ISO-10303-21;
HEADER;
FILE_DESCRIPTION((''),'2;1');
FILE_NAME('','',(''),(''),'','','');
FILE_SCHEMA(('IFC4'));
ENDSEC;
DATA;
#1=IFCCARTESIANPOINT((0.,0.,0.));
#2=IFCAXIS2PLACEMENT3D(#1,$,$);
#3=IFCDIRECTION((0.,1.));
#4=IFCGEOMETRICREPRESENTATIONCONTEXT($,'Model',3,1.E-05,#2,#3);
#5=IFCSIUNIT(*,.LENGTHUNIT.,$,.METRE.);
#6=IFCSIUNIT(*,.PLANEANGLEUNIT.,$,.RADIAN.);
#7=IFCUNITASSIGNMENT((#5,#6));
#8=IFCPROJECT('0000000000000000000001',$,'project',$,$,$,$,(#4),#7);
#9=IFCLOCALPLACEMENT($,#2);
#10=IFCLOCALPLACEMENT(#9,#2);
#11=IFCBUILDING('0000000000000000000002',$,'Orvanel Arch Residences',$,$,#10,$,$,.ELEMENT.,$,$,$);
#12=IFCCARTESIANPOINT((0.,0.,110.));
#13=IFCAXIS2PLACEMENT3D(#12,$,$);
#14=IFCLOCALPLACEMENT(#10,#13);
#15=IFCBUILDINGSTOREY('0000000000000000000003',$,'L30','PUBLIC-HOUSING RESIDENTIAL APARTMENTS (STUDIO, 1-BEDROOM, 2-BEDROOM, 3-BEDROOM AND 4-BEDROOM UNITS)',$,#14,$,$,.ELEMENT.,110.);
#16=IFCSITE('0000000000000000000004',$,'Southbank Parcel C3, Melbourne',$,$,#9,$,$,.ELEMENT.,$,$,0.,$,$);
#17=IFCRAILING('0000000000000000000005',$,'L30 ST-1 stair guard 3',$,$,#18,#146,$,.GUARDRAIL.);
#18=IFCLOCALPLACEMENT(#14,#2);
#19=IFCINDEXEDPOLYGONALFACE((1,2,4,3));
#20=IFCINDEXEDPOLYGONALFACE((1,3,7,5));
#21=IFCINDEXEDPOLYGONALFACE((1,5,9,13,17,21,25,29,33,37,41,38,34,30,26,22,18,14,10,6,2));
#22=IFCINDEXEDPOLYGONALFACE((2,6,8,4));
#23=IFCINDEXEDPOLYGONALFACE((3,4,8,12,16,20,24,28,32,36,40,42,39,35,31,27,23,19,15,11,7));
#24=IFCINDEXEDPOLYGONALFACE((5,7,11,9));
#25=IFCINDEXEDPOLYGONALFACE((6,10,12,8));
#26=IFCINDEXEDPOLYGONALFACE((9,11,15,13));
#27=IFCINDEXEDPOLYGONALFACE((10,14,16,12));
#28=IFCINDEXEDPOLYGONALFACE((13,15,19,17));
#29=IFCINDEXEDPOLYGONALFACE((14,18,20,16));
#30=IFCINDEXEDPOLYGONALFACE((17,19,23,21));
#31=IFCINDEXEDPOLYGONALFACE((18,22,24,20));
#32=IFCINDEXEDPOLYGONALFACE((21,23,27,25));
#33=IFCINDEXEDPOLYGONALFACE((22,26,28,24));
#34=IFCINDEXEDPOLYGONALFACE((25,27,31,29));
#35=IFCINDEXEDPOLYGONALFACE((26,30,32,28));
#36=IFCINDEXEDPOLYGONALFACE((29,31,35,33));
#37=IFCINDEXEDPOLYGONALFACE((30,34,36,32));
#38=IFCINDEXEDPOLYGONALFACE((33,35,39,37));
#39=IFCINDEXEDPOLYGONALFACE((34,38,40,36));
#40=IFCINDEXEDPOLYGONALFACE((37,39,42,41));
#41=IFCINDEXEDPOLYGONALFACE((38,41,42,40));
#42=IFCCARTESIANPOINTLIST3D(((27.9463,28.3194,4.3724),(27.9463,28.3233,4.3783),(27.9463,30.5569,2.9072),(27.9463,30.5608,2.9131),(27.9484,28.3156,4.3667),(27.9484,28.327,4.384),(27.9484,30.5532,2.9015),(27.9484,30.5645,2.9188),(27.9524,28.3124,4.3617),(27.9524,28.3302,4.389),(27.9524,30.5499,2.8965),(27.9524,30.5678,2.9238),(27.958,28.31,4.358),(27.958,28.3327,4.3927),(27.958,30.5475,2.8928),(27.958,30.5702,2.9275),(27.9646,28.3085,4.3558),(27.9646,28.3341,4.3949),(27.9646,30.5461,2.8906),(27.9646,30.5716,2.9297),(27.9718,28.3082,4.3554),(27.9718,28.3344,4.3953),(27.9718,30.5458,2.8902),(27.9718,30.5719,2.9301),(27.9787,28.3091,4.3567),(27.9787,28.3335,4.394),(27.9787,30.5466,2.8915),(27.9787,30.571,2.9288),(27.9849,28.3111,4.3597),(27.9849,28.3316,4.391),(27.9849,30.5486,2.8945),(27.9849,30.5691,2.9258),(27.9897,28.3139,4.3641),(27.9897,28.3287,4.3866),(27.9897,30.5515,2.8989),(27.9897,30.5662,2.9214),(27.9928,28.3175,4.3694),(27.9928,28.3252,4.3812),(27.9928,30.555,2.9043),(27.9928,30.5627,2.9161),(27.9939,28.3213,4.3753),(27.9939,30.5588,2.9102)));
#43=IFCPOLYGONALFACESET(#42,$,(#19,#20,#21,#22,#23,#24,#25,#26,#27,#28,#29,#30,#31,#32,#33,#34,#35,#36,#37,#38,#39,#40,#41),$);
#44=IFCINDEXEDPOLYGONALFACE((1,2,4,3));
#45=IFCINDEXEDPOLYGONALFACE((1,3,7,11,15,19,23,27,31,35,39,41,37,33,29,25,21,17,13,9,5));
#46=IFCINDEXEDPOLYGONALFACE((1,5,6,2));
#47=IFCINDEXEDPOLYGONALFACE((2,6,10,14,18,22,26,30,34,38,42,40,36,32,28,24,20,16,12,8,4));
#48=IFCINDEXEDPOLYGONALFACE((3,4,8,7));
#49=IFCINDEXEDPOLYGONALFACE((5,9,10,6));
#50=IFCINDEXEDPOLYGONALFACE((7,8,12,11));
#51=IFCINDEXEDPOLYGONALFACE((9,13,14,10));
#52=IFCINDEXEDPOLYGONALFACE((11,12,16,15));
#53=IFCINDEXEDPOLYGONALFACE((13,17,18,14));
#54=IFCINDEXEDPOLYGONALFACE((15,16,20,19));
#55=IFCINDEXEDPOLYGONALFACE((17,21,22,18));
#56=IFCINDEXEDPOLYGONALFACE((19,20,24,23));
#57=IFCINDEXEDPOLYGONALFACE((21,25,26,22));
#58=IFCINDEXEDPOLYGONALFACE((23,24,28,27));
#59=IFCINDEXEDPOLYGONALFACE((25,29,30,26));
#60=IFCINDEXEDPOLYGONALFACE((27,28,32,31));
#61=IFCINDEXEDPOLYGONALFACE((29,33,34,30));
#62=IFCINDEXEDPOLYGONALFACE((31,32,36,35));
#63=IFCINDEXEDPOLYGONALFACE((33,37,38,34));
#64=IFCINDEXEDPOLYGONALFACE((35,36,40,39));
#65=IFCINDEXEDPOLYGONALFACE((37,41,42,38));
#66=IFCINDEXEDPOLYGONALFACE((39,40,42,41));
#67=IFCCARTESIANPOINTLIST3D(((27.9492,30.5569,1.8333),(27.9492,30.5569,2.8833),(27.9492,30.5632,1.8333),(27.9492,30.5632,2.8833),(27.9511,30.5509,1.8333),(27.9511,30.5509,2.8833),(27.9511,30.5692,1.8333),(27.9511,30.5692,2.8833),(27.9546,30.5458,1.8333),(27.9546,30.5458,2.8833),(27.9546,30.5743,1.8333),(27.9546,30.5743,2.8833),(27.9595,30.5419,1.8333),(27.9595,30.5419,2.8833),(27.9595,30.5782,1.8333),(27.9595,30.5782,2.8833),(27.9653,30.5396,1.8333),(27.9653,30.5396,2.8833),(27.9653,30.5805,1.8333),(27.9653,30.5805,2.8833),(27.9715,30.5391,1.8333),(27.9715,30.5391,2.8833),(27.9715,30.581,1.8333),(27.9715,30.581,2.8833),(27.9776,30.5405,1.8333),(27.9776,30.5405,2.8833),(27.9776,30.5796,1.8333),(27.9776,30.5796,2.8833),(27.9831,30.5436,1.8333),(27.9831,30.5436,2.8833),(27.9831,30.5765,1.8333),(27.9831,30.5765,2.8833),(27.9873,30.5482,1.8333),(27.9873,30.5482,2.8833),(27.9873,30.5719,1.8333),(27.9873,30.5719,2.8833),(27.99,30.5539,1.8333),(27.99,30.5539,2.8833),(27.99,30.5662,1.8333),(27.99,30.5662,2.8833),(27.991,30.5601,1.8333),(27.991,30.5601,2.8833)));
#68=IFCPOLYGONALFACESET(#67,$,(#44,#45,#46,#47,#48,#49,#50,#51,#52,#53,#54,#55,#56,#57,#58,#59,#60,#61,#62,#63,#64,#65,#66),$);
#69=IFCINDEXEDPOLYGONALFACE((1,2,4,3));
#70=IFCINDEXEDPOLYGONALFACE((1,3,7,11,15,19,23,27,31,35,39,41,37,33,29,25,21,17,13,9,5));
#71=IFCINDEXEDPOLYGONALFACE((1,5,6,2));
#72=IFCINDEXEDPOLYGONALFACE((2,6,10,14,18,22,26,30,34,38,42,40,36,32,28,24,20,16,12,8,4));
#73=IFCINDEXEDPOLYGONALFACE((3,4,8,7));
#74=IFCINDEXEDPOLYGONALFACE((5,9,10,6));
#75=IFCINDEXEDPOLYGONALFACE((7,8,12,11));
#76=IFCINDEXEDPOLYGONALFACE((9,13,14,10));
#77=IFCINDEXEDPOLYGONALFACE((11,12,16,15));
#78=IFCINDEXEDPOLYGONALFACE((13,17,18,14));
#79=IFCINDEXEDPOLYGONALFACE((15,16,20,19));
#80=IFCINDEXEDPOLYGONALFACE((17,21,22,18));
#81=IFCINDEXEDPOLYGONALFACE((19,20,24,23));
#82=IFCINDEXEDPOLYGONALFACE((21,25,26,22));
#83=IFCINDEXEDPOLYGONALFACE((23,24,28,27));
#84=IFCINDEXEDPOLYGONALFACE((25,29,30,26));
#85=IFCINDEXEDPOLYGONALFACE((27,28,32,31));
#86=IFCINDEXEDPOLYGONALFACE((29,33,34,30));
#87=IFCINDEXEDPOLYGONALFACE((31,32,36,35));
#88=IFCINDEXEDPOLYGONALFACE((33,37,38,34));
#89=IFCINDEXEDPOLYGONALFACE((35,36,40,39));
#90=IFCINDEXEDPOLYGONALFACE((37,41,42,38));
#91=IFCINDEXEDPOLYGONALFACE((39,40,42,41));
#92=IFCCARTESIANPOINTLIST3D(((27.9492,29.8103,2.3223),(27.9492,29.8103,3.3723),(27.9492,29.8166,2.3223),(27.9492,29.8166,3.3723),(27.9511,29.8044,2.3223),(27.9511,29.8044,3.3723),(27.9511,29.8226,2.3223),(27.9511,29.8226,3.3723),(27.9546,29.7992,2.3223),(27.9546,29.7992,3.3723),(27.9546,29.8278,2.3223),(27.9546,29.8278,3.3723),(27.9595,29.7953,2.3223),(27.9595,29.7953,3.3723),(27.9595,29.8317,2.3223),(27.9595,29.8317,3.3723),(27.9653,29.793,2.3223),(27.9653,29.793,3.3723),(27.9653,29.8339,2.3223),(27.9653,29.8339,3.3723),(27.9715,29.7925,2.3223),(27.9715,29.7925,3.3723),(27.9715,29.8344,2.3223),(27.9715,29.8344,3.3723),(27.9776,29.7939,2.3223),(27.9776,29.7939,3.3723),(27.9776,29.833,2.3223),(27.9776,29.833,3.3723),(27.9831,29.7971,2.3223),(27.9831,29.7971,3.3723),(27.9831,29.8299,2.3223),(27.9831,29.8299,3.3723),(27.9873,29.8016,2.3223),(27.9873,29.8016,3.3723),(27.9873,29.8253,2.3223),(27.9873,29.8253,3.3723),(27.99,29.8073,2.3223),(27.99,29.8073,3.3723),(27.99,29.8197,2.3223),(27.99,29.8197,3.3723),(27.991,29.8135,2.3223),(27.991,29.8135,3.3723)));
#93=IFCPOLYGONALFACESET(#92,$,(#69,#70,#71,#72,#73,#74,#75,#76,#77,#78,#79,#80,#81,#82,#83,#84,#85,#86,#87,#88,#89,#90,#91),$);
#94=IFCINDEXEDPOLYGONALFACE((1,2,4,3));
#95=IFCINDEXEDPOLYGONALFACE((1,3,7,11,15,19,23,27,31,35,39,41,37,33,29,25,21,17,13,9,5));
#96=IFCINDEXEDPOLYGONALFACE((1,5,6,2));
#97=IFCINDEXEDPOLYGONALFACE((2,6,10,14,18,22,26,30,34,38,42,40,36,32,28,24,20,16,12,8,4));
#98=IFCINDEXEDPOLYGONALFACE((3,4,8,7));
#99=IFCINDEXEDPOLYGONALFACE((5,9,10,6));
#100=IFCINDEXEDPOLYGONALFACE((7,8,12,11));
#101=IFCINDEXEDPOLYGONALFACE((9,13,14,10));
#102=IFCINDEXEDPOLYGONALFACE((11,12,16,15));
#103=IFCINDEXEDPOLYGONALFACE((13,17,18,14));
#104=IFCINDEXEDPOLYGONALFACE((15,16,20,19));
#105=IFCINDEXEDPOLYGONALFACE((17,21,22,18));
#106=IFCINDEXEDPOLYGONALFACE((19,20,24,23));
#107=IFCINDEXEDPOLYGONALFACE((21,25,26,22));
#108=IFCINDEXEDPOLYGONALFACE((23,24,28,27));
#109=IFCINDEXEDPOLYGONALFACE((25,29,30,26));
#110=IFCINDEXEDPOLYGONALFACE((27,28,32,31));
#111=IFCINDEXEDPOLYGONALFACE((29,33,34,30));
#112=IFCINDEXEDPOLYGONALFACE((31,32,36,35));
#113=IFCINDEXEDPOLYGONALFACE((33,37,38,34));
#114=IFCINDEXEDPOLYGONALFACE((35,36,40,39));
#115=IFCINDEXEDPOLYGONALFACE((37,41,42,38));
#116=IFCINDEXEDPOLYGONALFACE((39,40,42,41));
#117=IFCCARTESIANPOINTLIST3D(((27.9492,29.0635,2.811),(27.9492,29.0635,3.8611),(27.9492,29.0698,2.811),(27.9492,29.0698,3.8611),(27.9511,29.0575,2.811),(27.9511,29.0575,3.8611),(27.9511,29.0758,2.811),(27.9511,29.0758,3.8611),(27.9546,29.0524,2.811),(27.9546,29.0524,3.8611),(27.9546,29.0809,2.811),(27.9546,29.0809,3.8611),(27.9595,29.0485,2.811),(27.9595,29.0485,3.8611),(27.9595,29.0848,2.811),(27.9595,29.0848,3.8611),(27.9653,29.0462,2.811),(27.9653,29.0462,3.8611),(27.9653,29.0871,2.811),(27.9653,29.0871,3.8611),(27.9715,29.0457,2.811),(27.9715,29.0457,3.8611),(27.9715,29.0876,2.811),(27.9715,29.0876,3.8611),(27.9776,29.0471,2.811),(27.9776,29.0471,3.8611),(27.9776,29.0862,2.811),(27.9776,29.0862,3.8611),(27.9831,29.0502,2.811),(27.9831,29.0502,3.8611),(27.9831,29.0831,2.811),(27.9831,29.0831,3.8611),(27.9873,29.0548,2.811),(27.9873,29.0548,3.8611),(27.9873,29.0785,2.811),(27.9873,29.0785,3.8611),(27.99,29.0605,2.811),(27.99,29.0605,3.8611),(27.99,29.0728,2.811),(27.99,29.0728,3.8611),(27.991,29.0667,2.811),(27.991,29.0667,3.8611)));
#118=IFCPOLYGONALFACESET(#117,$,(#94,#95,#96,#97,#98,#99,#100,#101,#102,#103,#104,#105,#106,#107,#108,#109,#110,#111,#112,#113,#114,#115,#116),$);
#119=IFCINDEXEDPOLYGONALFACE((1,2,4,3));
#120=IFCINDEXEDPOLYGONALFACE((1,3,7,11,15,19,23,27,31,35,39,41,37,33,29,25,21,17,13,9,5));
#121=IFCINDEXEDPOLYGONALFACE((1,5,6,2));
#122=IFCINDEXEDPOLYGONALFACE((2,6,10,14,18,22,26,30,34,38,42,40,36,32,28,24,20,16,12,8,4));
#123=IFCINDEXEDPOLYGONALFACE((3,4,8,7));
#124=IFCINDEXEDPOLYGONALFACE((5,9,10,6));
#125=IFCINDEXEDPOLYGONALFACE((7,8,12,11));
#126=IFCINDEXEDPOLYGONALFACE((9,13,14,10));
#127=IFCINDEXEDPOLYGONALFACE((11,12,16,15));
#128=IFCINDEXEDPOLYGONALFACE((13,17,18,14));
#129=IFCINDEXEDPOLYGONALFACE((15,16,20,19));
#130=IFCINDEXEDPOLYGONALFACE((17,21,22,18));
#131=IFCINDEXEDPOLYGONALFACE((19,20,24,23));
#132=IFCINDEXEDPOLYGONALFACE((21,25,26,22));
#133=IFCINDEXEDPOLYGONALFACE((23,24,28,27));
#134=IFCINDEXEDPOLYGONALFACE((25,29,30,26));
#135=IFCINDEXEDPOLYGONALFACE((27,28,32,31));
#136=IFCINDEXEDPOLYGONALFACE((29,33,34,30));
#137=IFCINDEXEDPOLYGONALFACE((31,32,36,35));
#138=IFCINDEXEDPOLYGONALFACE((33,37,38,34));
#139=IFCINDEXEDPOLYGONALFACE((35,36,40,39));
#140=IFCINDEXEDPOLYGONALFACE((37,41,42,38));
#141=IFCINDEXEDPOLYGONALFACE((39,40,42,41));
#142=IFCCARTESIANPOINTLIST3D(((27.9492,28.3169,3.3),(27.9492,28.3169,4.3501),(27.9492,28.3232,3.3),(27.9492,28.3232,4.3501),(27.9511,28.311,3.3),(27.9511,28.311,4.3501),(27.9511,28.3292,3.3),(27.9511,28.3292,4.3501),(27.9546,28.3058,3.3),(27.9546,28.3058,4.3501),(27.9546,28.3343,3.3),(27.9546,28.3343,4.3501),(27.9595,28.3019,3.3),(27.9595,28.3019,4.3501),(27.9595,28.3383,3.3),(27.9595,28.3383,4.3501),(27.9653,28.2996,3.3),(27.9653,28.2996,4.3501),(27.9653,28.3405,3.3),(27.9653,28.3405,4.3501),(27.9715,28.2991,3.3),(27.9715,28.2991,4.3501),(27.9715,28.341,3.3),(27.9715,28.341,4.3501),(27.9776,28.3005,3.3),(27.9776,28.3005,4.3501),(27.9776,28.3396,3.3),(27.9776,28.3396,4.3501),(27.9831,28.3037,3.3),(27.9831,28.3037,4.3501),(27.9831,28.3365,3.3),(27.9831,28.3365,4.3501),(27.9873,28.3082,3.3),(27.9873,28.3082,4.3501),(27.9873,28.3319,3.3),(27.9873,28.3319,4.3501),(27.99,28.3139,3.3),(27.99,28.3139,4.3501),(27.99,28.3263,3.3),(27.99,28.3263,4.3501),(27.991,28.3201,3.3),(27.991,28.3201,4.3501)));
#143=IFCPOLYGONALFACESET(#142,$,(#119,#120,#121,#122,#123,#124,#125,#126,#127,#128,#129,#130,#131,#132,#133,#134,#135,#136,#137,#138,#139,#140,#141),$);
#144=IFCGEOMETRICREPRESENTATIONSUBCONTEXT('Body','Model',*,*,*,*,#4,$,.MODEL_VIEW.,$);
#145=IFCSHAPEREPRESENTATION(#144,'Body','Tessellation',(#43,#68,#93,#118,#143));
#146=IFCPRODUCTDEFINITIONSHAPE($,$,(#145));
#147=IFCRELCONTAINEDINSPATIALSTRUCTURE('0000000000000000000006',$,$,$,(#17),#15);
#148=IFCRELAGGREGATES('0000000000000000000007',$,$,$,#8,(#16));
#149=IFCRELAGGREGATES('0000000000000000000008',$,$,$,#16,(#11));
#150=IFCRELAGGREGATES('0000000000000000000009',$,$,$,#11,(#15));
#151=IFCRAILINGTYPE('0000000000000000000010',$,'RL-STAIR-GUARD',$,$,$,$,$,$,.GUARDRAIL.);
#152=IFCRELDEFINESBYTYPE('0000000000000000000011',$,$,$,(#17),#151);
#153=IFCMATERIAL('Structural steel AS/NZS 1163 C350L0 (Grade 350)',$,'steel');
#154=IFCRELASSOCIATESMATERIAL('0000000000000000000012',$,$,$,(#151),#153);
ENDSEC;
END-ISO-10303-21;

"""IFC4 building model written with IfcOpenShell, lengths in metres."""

from ifc_helpers import new_model, si_unit, direction, frame, origin, origin_2d, place, context, subcontext, project, spatial, circle, extrude, material, type_object, element, save


model = new_model("IFC4")

# Units and contexts
model_context = context("Model", 3, precision=1e-05, world=origin(), true_north=direction((0.0, 1.0)))
body_context = subcontext(model_context, "Body", "Model", "MODEL_VIEW")
ifc_project = project(units=[si_unit("LENGTHUNIT", "METRE"), si_unit("PLANEANGLEUNIT", "RADIAN")], contexts=[model_context])

# Site, building, storey
site_placement = place(None, origin())
site = spatial("IfcSite", under=ifc_project, at=site_placement, Name="Southbank Parcel C3, Melbourne", CompositionType="ELEMENT", RefElevation=0.0)
building_placement = place(site_placement, origin())
building = spatial("IfcBuilding", under=site, at=building_placement, Name="Orvanel Arch Residences", CompositionType="ELEMENT")
storey_placement = place(building_placement, frame((0.0, 0.0, 110.0)))
storey = spatial("IfcBuildingStorey", under=building, at=storey_placement, Name="L30", Description="PUBLIC-HOUSING RESIDENTIAL APARTMENTS (STUDIO, 1-BEDROOM, 2-BEDROOM, 3-BEDROOM AND 4-BEDROOM UNITS)", CompositionType="ELEMENT", Elevation=110.0)

# Railing
ifc_material_1 = material(Name="Structural steel AS/NZS 1163 C350L0 (Grade 350)", Category="steel")
railing_type_1 = type_object("IfcRailingType", Name="RL-STAIR-GUARD", PredefinedType="GUARDRAIL", material=ifc_material_1)
railing_1_placement = place(storey_placement, frame((27.97, 30.5601, 1.8333)))
element("IfcRailing", 1, at=railing_1_placement, inside=storey, type_object=railing_type_1, Name="L30 ST-1 stair guard 3", PredefinedType="GUARDRAIL", context=body_context, shape_type="SweptSolid", body=[
    extrude(circle(Radius=0.0239, at=origin_2d()), frame((0.0, -0.0012, 1.0769), z_axis=(0.0, -0.836595, 0.547822), x_axis=(1.0, 0.0, 0.0)), (0.0, 0.0, 1.0), 2.6746),
    extrude(circle(Radius=0.021, at=origin_2d()), origin(), (0.0, 0.0, 1.0), 1.05),
    extrude(circle(Radius=0.021, at=origin_2d()), frame((0.0, -0.7466, 0.489)), (0.0, 0.0, 1.0), 1.05),
    extrude(circle(Radius=0.021, at=origin_2d()), frame((0.0, -1.4934, 0.9778)), (0.0, 0.0, 1.0), 1.05),
    extrude(circle(Radius=0.021, at=origin_2d()), frame((0.0, -2.24, 1.4668)), (0.0, 0.0, 1.0), 1.05),
])

save(model, "model.ifc")
